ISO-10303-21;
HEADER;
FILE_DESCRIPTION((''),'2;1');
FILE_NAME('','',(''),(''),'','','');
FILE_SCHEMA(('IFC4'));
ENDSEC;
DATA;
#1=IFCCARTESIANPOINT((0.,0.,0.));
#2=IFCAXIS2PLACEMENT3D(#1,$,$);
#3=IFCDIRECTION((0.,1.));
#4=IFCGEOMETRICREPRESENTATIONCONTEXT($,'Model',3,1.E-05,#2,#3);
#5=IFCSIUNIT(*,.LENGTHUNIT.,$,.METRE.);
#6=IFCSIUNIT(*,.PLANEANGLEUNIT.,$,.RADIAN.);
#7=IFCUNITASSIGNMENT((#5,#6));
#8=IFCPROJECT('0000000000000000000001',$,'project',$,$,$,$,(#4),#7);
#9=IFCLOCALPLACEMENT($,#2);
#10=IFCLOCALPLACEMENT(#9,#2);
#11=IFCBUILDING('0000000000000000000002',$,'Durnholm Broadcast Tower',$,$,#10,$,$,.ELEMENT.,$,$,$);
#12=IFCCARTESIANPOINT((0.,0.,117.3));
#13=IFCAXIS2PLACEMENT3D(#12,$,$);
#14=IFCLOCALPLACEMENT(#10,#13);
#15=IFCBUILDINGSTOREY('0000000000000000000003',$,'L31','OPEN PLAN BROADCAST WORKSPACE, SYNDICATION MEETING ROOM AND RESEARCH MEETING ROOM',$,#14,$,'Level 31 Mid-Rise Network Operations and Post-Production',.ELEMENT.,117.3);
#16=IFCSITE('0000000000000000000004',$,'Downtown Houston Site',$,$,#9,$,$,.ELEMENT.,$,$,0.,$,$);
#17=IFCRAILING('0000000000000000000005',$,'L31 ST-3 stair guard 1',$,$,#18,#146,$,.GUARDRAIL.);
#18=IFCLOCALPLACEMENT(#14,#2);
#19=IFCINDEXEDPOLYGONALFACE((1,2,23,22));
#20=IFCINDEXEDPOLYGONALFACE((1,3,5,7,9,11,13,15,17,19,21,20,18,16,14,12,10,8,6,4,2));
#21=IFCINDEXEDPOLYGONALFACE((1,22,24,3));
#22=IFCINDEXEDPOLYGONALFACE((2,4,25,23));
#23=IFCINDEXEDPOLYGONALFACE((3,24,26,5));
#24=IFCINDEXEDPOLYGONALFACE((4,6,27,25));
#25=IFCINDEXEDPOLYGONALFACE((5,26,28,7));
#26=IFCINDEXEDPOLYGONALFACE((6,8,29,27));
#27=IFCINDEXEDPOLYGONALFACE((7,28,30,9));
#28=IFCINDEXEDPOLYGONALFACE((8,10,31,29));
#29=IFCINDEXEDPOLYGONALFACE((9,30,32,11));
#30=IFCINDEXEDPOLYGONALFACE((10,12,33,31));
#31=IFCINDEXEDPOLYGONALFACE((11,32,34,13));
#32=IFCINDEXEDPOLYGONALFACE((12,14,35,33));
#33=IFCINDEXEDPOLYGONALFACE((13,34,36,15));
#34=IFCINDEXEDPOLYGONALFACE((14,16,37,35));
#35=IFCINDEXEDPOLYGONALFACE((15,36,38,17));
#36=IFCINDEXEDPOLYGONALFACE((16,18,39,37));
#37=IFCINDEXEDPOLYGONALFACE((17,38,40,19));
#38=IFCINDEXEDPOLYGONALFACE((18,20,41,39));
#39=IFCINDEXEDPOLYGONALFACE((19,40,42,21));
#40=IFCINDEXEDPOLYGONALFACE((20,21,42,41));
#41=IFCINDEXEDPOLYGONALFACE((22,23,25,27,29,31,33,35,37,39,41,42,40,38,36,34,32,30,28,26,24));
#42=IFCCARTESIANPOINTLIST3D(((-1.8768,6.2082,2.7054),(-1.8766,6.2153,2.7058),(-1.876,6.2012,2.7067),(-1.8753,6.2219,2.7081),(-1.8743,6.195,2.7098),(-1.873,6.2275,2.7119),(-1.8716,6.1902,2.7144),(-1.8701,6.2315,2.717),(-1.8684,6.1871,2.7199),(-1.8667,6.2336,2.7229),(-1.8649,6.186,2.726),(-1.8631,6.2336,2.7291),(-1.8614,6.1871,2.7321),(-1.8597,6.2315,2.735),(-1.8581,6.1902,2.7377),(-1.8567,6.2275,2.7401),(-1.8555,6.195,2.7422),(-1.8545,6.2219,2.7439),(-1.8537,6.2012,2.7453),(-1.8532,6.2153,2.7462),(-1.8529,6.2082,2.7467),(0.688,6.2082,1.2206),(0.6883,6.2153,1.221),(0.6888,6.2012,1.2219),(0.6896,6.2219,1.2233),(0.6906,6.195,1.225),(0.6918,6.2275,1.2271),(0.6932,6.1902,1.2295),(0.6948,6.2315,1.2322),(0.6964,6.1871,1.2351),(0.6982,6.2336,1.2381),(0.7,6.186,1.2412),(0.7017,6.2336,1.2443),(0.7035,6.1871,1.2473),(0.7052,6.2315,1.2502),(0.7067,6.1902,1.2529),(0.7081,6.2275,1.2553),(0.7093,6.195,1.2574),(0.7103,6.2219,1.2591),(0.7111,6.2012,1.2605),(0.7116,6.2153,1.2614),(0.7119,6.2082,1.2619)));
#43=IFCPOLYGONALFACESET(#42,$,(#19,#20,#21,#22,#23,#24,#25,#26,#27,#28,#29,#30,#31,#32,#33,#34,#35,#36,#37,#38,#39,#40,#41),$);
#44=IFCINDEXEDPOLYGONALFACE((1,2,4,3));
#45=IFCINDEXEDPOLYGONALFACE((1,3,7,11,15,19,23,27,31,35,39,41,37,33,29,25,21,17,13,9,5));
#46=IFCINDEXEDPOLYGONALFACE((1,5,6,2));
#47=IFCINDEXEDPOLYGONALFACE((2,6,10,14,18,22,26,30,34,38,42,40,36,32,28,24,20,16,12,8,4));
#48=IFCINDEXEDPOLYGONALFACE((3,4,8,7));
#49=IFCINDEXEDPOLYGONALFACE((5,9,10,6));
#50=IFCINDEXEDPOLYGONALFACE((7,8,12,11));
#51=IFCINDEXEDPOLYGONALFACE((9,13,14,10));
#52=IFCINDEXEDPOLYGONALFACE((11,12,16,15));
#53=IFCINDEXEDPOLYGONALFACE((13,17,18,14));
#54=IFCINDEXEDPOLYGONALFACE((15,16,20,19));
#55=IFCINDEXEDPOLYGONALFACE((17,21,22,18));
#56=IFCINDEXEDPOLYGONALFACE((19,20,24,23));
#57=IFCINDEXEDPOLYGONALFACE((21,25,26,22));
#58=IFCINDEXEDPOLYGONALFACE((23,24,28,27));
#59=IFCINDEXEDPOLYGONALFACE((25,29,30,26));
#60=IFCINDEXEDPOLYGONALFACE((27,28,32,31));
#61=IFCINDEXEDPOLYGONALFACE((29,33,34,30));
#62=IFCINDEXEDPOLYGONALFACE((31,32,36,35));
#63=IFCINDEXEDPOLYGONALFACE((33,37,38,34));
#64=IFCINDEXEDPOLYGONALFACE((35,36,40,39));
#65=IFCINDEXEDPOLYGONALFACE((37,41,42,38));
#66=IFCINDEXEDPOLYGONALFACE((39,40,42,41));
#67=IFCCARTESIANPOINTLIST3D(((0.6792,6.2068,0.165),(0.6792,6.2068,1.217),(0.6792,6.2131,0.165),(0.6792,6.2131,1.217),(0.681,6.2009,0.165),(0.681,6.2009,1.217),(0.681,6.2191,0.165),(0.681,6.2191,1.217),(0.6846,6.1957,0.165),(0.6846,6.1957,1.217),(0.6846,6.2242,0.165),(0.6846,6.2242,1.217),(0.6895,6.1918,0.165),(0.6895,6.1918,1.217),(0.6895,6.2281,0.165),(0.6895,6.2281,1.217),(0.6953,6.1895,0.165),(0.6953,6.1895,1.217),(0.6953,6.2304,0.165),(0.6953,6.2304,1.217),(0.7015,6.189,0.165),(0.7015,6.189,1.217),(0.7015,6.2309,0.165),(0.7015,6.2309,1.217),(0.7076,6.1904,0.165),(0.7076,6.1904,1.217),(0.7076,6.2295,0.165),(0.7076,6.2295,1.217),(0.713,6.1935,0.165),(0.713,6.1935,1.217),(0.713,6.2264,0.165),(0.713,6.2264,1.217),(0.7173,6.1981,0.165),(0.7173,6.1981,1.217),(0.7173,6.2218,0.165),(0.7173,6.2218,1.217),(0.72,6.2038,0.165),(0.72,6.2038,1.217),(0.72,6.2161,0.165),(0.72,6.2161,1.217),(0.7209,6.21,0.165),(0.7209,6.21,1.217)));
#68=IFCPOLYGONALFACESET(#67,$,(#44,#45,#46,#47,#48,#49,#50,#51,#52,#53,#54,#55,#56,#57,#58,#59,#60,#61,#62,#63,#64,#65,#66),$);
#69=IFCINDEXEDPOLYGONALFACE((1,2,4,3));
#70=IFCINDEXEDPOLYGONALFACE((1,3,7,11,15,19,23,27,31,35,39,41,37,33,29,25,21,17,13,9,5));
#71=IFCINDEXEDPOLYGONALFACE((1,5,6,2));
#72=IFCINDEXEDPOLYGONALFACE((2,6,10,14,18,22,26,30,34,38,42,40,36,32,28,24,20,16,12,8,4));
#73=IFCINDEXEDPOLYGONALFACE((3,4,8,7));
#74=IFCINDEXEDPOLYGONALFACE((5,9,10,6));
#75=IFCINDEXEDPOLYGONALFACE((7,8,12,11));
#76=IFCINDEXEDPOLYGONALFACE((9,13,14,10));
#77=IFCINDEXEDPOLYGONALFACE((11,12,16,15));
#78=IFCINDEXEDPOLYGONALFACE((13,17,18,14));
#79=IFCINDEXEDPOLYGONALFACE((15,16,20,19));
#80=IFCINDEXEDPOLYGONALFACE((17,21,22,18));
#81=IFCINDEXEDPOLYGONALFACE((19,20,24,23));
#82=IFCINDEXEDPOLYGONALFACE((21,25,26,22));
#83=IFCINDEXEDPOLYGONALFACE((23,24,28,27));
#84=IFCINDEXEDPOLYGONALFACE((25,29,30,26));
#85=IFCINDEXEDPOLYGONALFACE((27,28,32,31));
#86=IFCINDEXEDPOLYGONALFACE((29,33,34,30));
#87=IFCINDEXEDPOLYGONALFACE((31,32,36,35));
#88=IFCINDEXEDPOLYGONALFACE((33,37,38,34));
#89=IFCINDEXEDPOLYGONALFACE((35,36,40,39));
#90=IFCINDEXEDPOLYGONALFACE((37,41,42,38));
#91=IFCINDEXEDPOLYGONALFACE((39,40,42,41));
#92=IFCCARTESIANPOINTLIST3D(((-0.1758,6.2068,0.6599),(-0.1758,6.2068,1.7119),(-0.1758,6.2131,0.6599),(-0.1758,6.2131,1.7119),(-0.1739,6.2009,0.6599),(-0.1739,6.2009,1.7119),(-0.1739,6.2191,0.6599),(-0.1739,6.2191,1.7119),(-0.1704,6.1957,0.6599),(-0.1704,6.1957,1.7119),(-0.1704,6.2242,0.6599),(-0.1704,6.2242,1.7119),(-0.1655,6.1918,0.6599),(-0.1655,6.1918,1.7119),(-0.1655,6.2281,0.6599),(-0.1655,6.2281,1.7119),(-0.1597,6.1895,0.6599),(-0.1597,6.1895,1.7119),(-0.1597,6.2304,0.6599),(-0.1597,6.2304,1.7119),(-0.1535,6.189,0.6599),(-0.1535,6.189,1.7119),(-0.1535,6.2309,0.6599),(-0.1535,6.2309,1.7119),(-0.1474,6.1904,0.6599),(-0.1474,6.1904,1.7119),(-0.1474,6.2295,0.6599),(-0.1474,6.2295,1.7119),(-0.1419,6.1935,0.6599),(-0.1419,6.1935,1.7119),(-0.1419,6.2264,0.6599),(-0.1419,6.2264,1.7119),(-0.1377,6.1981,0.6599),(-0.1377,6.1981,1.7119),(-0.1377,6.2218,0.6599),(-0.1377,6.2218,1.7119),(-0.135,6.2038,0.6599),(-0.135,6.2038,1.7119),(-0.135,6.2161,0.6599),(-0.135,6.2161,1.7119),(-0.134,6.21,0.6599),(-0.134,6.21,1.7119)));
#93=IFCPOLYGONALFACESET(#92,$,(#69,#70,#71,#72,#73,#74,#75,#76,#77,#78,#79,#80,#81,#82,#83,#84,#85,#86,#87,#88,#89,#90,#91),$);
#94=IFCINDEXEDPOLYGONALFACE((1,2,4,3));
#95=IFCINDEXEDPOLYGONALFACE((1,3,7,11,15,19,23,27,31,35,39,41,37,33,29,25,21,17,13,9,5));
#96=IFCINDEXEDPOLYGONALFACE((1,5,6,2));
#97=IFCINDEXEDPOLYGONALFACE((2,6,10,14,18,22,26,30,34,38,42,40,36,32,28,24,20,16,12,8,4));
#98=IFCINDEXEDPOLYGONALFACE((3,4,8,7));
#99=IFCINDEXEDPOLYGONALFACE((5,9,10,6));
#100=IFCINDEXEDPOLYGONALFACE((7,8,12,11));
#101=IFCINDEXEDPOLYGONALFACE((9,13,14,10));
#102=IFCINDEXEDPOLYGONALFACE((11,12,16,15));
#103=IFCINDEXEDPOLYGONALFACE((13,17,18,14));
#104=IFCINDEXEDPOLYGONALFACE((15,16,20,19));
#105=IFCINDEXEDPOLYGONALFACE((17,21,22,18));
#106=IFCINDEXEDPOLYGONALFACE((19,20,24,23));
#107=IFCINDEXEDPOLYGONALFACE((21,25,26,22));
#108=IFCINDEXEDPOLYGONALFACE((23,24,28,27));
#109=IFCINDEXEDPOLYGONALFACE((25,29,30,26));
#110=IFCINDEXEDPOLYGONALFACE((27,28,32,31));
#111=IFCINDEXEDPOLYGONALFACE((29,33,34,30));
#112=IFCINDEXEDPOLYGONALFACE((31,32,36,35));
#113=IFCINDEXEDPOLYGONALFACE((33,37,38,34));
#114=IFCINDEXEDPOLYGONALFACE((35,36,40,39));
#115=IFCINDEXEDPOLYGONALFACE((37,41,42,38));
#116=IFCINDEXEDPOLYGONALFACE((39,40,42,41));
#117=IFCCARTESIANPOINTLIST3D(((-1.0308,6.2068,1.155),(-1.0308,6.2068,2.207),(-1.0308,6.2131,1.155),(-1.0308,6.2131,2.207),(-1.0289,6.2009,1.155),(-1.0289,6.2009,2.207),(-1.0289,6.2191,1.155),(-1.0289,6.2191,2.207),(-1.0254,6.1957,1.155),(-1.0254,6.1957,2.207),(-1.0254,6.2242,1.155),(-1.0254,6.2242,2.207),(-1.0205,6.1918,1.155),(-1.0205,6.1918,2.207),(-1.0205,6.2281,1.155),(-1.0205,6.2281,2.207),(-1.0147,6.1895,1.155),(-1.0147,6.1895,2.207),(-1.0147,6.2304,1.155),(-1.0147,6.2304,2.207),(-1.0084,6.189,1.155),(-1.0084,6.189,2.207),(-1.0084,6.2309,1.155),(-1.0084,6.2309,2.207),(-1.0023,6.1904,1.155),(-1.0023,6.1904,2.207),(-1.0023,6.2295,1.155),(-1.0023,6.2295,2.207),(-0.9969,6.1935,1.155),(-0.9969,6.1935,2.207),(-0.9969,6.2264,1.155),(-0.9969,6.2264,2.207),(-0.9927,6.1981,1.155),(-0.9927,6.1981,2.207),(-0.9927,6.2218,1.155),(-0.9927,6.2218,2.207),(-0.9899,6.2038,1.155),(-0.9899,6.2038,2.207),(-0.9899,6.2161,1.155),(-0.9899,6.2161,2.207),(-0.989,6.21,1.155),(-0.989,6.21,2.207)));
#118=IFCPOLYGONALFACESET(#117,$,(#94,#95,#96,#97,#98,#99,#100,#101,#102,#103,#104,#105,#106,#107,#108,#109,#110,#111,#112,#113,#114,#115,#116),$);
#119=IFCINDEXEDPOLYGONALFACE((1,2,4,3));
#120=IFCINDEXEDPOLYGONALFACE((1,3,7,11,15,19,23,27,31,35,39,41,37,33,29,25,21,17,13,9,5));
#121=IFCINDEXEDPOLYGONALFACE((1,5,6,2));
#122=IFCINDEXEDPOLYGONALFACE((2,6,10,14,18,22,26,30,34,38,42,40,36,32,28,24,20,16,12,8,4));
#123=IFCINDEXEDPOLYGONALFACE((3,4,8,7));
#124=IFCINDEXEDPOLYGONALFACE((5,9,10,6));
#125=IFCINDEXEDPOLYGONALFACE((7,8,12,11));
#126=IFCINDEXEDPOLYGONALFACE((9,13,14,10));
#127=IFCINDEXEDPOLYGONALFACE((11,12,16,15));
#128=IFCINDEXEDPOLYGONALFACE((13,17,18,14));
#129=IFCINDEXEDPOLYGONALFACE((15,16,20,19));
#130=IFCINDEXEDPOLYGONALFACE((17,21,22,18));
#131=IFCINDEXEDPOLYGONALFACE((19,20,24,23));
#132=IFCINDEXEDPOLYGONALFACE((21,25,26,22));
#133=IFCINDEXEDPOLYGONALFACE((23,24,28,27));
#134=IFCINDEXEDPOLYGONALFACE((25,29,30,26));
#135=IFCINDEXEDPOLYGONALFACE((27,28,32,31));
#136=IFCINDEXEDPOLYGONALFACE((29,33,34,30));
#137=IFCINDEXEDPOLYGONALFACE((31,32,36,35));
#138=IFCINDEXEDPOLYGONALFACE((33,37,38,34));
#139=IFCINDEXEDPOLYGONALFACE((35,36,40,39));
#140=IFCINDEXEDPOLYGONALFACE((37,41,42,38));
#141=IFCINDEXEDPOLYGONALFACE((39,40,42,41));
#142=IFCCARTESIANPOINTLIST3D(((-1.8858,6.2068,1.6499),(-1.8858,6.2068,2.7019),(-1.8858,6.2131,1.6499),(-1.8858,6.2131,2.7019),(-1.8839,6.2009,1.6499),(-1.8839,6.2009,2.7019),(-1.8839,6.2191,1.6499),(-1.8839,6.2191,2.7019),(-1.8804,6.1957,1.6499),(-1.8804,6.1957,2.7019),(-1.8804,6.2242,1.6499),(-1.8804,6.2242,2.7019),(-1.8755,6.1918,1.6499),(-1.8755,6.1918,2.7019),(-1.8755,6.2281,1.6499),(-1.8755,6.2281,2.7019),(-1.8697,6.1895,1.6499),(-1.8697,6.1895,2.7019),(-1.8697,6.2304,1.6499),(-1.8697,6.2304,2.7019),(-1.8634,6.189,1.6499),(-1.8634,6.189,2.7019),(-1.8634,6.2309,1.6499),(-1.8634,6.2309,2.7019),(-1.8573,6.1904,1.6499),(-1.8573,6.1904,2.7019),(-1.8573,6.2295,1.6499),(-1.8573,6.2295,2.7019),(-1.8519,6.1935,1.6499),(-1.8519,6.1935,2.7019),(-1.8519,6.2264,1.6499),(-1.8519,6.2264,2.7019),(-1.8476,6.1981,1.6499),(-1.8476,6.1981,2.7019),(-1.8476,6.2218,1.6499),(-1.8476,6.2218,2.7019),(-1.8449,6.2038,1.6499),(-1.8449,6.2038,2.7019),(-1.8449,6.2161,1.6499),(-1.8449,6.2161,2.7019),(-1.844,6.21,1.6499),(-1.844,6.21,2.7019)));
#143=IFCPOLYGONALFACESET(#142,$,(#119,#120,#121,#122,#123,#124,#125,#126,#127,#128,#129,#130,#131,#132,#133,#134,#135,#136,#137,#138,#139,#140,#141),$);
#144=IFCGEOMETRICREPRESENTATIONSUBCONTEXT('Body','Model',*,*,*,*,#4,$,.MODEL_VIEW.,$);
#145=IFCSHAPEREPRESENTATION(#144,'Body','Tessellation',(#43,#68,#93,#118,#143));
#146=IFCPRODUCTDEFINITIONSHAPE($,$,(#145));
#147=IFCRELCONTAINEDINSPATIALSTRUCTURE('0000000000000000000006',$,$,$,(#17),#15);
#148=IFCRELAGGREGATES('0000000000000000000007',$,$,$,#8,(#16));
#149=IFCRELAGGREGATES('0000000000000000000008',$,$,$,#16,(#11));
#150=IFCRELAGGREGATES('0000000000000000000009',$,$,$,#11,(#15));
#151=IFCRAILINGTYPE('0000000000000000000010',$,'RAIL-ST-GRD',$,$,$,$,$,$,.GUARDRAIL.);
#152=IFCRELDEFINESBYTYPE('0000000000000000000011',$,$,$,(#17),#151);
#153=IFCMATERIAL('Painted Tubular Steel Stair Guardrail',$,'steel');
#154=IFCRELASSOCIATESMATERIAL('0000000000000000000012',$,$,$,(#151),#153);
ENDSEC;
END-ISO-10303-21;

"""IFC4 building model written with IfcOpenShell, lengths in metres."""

from ifc_helpers import new_model, si_unit, direction, frame, origin, origin_2d, place, context, subcontext, project, spatial, circle, extrude, material, type_object, element, save


model = new_model("IFC4")

# Units and contexts
model_context = context("Model", 3, precision=1e-05, world=origin(), true_north=direction((0.0, 1.0)))
body_context = subcontext(model_context, "Body", "Model", "MODEL_VIEW")
ifc_project = project(units=[si_unit("LENGTHUNIT", "METRE"), si_unit("PLANEANGLEUNIT", "RADIAN")], contexts=[model_context])

# Site, building, storey
site_placement = place(None, origin())
site = spatial("IfcSite", under=ifc_project, at=site_placement, Name="Downtown Houston Site", CompositionType="ELEMENT", RefElevation=0.0)
building_placement = place(site_placement, origin())
building = spatial("IfcBuilding", under=site, at=building_placement, Name="Durnholm Broadcast Tower", CompositionType="ELEMENT")
storey_placement = place(building_placement, frame((0.0, 0.0, 117.3)))
storey = spatial("IfcBuildingStorey", under=building, at=storey_placement, Name="L31", Description="OPEN PLAN BROADCAST WORKSPACE, SYNDICATION MEETING ROOM AND RESEARCH MEETING ROOM", LongName="Level 31 Mid-Rise Network Operations and Post-Production", CompositionType="ELEMENT", Elevation=117.3)

# Railing
ifc_material_1 = material(Name="Painted Tubular Steel Stair Guardrail", Category="steel")
railing_type_1 = type_object("IfcRailingType", Name="RAIL-ST-GRD", PredefinedType="GUARDRAIL", material=ifc_material_1)
railing_1_placement = place(storey_placement, frame((0.7, 6.21, 0.165)))
element("IfcRailing", 1, at=railing_1_placement, inside=storey, type_object=railing_type_1, Name="L31 ST-3 stair guard 1", PredefinedType="GUARDRAIL", context=body_context, shape_type="SweptSolid", body=[
    extrude(circle(Radius=0.0239, at=origin_2d()), frame((0.0, 0.0, 1.0762), z_axis=(-0.865441, 0.0, 0.50101), x_axis=(0.0, -1.0, 0.0)), (0.0, 0.0, 1.0), 2.9636),
    extrude(circle(Radius=0.021, at=origin_2d()), origin(), (0.0, 0.0, 1.0), 1.052),
    extrude(circle(Radius=0.021, at=origin_2d()), frame((-0.855, 0.0, 0.4949)), (0.0, 0.0, 1.0), 1.052),
    extrude(circle(Radius=0.021, at=origin_2d()), frame((-1.71, 0.0, 0.99)), (0.0, 0.0, 1.0), 1.052),
    extrude(circle(Radius=0.021, at=origin_2d()), frame((-2.5649, 0.0, 1.4849)), (0.0, 0.0, 1.0), 1.052),
])

save(model, "model.ifc")
